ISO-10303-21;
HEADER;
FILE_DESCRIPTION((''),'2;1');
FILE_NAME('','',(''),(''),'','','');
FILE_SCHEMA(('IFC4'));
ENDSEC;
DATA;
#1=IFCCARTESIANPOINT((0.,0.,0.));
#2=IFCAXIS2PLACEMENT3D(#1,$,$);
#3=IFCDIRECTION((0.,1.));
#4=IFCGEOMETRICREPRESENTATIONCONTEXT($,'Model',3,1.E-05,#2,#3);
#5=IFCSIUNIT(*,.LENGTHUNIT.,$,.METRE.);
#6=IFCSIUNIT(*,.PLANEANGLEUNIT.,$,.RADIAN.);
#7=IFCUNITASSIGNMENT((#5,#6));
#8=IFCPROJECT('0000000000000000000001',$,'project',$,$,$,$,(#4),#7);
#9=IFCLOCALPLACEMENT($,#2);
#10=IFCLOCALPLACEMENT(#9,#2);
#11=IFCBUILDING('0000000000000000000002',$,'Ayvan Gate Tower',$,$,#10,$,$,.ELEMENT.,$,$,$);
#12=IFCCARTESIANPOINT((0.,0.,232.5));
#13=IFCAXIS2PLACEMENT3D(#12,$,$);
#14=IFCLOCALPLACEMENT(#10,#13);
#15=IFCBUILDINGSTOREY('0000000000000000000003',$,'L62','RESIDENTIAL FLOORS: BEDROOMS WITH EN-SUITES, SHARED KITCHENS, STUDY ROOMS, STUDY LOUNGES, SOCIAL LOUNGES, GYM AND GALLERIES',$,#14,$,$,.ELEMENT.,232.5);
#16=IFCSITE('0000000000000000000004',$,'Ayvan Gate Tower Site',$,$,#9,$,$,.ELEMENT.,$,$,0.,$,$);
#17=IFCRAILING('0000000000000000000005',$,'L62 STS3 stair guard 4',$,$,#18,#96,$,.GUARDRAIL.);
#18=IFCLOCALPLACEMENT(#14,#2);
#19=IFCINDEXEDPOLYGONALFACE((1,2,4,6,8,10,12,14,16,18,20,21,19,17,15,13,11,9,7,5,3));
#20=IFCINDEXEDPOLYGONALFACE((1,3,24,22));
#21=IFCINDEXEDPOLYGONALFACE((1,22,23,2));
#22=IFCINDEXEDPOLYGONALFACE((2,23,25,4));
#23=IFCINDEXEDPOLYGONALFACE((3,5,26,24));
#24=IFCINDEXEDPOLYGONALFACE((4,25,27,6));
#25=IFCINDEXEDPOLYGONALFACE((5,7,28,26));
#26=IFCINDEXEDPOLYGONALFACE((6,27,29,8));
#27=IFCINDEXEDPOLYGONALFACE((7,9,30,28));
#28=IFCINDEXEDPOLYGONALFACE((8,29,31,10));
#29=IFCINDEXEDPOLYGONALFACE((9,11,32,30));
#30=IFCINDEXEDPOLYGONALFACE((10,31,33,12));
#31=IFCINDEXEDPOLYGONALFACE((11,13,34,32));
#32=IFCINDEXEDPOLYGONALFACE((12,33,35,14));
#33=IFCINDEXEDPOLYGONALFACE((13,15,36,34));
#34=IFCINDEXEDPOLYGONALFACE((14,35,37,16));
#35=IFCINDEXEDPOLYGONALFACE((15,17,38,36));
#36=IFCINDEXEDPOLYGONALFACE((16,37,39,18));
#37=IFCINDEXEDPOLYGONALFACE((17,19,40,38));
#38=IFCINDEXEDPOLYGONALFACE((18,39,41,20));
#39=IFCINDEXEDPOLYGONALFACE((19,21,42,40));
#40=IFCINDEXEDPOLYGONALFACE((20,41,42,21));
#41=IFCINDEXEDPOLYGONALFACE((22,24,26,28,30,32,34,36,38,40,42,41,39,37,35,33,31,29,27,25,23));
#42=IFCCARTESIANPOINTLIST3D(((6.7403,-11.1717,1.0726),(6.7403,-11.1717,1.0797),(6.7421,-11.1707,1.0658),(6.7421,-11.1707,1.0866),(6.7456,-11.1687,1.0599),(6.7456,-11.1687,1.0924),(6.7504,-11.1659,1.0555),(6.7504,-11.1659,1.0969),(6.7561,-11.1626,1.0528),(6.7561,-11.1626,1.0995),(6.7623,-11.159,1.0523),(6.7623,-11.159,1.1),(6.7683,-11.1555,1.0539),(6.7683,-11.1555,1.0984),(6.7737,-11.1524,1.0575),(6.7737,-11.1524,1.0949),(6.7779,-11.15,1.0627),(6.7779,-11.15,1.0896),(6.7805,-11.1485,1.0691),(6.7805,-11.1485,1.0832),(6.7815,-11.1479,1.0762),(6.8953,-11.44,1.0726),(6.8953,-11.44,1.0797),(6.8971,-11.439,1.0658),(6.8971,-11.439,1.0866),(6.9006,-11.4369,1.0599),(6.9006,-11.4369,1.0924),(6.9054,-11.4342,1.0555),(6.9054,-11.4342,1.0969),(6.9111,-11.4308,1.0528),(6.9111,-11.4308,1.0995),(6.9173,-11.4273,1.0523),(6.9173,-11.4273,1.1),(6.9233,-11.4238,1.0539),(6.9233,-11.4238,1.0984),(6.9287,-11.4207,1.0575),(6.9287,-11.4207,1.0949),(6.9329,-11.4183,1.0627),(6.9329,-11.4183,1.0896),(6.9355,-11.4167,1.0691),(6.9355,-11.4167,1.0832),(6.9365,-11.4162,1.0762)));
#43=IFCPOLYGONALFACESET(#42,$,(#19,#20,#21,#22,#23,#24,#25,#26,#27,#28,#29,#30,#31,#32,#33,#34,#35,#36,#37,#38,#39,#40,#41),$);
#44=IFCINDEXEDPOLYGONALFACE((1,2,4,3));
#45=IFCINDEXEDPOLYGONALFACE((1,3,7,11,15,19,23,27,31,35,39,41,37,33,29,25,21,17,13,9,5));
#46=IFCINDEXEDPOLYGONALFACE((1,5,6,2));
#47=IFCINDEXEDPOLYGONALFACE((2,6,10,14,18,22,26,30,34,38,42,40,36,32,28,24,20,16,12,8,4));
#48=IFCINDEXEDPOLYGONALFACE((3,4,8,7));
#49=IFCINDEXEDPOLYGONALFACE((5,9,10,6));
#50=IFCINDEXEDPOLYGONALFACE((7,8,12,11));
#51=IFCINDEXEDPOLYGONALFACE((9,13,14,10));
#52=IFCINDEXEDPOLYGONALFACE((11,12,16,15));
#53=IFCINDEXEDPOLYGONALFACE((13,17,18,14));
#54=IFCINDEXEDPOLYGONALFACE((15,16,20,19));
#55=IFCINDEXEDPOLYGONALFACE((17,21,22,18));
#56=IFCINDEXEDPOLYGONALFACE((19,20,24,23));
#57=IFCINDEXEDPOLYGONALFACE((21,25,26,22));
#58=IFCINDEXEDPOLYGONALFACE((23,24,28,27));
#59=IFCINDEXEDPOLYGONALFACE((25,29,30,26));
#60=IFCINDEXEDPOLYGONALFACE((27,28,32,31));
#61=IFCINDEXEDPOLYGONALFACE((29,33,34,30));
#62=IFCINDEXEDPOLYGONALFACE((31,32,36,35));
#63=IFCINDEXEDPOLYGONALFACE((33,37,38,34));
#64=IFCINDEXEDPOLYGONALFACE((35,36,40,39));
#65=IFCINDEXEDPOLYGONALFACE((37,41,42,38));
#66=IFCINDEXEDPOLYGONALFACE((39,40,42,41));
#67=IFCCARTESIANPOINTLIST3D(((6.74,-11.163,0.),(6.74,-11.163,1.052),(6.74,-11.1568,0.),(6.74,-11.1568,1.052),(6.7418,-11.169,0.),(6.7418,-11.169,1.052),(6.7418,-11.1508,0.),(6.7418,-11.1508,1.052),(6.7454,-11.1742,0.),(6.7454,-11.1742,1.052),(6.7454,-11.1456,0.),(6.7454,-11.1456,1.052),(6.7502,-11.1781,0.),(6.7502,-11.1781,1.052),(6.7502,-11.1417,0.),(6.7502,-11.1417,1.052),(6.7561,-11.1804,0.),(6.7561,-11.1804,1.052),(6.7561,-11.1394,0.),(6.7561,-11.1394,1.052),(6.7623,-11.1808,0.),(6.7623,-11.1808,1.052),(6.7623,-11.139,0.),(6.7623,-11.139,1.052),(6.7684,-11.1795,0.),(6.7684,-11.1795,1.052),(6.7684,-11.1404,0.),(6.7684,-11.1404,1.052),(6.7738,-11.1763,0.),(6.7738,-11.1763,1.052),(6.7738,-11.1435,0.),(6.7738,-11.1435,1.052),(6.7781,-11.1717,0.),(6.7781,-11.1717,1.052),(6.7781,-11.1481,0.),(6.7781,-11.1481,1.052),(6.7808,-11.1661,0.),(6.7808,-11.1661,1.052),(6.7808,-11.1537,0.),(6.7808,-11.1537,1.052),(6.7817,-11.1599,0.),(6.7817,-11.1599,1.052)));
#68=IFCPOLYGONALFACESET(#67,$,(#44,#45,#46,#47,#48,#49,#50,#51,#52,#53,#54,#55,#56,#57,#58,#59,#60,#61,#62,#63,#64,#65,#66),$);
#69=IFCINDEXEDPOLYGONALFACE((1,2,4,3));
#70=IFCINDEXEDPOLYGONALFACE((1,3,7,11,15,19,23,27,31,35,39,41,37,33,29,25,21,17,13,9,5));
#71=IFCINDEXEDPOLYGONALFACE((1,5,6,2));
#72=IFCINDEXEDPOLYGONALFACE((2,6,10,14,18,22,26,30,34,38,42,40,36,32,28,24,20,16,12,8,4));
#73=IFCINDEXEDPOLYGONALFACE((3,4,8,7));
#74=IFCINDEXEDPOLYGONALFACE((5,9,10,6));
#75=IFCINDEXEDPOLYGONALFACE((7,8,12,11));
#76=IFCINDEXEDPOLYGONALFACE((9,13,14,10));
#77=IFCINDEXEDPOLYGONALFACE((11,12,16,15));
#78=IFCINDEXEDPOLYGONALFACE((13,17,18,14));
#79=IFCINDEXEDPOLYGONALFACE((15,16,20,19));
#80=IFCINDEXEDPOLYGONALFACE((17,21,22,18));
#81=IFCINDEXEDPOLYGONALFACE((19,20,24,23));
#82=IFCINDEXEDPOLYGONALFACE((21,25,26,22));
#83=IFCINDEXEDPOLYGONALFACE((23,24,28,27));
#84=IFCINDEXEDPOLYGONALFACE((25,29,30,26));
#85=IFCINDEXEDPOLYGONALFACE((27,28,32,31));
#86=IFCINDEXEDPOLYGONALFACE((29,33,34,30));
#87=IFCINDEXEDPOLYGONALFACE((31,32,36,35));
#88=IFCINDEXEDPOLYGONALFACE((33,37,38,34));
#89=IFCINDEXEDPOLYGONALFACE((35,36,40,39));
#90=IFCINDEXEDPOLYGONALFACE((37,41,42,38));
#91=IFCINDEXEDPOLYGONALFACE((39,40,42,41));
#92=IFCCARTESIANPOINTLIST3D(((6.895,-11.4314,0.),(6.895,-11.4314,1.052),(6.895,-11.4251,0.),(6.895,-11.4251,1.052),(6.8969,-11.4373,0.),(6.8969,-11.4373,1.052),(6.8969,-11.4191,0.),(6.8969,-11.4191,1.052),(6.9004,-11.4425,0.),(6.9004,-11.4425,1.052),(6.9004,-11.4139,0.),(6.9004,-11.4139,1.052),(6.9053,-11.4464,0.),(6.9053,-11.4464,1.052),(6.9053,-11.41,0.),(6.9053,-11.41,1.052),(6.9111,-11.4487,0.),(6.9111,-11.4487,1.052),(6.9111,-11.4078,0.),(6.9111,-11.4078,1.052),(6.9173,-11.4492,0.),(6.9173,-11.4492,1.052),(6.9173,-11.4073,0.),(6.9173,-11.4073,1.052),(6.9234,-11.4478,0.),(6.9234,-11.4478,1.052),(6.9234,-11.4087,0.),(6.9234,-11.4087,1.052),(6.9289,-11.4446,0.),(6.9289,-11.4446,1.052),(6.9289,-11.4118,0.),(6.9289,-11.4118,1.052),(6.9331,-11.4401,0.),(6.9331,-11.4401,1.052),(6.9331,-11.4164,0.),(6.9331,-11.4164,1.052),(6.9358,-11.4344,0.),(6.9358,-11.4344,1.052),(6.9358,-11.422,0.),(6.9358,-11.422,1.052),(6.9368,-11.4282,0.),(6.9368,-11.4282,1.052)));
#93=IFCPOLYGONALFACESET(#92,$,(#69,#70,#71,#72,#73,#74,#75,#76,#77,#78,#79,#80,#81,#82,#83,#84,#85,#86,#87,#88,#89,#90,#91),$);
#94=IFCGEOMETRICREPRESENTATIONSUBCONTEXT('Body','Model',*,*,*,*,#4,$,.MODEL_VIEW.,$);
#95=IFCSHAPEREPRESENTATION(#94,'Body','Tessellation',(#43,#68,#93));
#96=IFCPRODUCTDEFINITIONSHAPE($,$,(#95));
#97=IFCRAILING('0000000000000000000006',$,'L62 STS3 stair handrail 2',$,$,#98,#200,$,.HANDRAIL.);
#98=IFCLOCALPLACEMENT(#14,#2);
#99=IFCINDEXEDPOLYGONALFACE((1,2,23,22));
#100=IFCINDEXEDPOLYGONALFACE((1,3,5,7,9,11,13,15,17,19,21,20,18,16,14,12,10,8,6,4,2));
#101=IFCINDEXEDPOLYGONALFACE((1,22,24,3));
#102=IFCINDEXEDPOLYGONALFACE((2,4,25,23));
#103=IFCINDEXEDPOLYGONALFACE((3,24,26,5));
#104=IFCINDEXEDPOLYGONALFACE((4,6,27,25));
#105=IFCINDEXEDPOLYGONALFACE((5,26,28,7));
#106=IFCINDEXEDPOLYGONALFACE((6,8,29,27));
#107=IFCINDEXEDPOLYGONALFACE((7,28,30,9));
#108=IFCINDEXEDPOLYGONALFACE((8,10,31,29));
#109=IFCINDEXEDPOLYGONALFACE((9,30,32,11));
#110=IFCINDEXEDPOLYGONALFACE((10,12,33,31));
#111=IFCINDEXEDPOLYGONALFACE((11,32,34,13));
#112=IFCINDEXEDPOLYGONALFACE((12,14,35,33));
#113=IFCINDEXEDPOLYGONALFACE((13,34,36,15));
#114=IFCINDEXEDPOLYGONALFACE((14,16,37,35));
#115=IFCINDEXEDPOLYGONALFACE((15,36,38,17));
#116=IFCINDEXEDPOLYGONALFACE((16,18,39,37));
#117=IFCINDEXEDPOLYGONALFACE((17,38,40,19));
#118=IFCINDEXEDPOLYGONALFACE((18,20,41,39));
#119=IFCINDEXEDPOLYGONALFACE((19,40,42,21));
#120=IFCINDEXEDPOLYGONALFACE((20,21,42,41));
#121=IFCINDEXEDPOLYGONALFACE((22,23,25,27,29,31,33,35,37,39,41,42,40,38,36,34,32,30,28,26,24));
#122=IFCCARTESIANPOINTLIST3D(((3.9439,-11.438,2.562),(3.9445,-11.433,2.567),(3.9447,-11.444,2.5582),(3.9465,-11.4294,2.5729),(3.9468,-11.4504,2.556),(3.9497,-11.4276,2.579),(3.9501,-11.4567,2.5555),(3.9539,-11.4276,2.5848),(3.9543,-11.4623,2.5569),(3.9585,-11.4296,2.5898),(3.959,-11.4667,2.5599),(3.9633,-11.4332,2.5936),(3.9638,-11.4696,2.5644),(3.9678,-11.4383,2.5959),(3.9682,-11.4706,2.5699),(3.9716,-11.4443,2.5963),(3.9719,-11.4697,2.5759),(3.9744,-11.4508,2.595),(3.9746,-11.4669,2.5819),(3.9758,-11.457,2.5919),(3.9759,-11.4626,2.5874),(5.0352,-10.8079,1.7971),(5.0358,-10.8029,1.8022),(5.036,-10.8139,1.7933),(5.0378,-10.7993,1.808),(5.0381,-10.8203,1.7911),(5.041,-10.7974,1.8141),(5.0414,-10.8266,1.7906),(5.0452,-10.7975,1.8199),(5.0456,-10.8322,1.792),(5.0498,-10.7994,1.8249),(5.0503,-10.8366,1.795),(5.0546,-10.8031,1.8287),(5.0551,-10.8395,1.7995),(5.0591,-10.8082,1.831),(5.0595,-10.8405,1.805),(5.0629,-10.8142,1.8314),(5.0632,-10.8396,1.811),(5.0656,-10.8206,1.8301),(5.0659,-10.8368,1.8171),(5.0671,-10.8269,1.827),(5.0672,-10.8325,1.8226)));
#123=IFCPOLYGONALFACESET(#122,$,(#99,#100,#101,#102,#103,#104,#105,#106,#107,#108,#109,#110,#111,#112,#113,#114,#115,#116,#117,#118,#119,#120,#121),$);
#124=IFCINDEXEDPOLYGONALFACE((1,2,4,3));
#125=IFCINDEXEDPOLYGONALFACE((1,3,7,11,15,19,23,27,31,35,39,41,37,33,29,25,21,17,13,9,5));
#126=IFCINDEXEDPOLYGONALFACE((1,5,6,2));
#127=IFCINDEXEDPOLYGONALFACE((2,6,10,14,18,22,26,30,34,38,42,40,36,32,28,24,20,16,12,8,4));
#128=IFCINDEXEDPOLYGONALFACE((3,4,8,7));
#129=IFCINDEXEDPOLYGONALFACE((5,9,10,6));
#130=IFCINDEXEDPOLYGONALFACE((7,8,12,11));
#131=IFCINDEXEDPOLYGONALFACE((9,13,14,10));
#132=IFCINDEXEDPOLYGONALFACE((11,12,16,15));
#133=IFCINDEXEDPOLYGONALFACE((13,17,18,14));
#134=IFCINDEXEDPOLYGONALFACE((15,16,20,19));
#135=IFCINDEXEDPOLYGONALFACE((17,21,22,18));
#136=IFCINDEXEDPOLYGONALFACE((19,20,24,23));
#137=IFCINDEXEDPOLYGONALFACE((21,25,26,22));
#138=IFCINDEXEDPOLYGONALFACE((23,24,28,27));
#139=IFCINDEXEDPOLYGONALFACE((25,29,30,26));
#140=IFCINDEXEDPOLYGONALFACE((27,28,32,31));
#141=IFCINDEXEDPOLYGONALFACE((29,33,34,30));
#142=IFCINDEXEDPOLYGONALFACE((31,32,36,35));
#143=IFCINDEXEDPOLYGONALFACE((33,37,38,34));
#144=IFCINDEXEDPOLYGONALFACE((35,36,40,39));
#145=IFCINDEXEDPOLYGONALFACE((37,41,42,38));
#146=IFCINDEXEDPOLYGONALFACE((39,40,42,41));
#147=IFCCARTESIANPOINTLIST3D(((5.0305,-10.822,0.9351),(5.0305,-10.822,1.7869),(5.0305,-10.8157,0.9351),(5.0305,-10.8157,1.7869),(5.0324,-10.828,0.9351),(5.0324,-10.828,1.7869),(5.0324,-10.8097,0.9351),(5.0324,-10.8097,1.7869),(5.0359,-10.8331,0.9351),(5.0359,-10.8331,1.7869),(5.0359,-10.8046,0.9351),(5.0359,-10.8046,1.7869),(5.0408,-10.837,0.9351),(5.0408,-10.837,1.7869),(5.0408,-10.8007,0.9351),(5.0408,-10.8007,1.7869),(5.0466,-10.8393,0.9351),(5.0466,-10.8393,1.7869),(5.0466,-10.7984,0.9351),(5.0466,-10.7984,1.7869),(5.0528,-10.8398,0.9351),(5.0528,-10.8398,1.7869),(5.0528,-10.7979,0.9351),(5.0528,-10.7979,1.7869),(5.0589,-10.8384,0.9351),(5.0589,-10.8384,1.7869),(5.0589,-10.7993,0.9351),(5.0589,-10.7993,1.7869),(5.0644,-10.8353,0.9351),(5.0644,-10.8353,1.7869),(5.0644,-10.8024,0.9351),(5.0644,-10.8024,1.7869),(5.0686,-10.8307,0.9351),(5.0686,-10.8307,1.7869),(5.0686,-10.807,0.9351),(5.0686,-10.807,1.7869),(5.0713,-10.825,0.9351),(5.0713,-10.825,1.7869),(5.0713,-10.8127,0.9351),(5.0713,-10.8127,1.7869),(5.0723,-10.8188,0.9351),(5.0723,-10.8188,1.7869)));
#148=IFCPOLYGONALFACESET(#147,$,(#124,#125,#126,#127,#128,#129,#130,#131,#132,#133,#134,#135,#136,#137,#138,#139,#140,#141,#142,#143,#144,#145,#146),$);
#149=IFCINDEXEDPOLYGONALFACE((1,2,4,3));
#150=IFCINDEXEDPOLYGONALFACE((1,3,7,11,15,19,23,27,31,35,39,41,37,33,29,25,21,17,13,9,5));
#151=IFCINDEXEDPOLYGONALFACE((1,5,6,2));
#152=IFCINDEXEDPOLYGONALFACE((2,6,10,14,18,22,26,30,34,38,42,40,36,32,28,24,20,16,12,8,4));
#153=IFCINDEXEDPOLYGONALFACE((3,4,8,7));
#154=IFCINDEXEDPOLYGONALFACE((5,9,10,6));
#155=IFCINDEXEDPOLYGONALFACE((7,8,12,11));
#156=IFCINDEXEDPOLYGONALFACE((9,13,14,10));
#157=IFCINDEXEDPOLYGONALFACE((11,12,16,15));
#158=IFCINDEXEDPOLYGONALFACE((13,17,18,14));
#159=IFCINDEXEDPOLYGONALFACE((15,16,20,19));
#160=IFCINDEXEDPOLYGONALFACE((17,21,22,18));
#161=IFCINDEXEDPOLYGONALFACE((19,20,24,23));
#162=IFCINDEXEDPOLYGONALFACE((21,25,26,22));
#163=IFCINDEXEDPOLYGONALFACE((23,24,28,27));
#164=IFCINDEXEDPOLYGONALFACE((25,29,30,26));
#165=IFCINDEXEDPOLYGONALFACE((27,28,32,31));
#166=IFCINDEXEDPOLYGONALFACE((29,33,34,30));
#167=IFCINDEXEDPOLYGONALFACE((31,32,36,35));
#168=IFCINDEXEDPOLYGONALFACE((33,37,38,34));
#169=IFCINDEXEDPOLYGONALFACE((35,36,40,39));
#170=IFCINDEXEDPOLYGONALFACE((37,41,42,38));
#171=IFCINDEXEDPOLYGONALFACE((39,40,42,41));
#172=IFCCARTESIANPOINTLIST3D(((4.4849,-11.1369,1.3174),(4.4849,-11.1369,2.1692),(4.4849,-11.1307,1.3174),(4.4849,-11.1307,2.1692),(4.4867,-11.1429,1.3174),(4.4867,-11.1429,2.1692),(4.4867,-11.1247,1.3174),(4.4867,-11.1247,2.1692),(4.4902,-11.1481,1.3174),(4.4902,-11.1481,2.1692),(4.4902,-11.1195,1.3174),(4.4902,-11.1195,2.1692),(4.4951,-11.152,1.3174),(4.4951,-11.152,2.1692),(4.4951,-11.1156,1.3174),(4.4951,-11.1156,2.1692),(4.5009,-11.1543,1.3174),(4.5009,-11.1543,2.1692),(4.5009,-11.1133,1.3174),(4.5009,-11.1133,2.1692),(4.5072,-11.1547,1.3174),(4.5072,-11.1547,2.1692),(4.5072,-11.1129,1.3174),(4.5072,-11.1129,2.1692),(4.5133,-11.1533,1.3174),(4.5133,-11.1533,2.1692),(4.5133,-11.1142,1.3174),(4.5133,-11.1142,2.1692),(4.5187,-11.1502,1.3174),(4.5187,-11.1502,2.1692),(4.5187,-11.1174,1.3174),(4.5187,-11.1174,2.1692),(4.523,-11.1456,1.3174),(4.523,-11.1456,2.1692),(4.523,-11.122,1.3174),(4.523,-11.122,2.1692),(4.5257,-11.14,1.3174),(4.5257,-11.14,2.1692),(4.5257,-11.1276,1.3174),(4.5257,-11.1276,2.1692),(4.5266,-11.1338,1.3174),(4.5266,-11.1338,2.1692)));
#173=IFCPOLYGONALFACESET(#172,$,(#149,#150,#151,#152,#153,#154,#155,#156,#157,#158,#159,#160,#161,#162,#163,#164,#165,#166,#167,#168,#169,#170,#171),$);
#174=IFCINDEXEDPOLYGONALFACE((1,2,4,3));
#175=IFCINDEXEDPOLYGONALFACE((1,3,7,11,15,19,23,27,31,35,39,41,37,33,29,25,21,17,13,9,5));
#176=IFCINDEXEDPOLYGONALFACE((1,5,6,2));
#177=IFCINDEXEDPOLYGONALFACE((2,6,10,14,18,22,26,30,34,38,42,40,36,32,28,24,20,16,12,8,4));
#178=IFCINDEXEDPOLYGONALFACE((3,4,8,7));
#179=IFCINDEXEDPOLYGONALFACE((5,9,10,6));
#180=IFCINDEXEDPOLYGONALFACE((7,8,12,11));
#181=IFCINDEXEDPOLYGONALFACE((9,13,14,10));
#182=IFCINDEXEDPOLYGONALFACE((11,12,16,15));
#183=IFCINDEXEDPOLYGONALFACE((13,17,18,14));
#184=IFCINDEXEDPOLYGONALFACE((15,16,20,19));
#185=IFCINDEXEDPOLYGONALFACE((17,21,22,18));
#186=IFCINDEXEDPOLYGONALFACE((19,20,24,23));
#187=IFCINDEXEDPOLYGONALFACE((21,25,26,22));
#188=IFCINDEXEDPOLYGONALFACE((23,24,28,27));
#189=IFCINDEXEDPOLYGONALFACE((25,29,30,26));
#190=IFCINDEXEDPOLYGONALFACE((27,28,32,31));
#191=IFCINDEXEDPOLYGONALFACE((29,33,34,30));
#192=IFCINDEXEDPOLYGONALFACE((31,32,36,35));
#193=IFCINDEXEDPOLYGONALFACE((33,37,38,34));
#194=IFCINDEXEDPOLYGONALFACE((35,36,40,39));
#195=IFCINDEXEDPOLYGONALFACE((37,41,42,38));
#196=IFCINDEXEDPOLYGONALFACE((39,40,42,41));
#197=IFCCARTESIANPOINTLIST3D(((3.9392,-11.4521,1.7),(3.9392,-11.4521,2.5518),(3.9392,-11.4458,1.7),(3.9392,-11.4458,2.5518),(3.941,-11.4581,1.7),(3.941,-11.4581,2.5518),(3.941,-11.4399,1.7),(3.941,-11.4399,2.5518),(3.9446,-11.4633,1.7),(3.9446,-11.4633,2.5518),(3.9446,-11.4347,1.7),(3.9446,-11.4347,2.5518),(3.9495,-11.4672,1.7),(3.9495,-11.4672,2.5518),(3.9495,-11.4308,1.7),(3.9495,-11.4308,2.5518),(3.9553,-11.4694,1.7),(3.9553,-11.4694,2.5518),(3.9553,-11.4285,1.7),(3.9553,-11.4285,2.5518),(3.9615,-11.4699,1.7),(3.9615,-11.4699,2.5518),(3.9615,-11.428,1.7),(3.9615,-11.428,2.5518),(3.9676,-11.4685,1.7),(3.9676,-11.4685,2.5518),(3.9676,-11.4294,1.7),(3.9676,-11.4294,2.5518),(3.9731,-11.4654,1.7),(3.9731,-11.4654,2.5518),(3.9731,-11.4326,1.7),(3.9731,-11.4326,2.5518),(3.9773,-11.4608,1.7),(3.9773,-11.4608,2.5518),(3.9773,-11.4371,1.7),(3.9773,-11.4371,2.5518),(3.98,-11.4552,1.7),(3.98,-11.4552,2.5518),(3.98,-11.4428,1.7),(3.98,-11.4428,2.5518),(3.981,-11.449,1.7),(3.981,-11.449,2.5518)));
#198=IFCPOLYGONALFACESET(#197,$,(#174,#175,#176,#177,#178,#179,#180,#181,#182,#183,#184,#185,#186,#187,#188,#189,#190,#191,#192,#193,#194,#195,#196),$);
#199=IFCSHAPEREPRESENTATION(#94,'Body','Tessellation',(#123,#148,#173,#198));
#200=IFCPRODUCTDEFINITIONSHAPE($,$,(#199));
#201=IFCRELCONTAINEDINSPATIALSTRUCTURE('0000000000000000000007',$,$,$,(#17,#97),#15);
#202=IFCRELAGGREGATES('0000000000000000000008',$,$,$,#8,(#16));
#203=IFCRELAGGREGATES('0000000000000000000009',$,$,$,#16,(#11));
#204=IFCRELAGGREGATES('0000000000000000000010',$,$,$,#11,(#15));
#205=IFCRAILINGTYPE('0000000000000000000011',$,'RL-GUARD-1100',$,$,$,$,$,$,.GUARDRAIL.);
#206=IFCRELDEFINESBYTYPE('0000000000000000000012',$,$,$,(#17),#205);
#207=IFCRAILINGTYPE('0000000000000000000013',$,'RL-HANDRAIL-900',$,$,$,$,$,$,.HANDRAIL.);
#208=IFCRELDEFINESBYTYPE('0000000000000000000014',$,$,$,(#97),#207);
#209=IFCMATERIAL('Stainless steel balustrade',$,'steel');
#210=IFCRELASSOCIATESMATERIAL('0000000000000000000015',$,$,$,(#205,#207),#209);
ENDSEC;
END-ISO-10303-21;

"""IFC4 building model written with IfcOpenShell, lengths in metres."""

from ifc_helpers import new_model, si_unit, direction, frame, origin, origin_2d, place, context, subcontext, project, spatial, circle, extrude, material, type_object, element, save


model = new_model("IFC4")

# Units and contexts
model_context = context("Model", 3, precision=1e-05, world=origin(), true_north=direction((0.0, 1.0)))
body_context = subcontext(model_context, "Body", "Model", "MODEL_VIEW")
ifc_project = project(units=[si_unit("LENGTHUNIT", "METRE"), si_unit("PLANEANGLEUNIT", "RADIAN")], contexts=[model_context])

# Site, building, storey
site_placement = place(None, origin())
site = spatial("IfcSite", under=ifc_project, at=site_placement, Name="Ayvan Gate Tower Site", CompositionType="ELEMENT", RefElevation=0.0)
building_placement = place(site_placement, origin())
building = spatial("IfcBuilding", under=site, at=building_placement, Name="Ayvan Gate Tower", CompositionType="ELEMENT")
storey_placement = place(building_placement, frame((0.0, 0.0, 232.5)))
storey = spatial("IfcBuildingStorey", under=building, at=storey_placement, Name="L62", Description="RESIDENTIAL FLOORS: BEDROOMS WITH EN-SUITES, SHARED KITCHENS, STUDY ROOMS, STUDY LOUNGES, SOCIAL LOUNGES, GYM AND GALLERIES", CompositionType="ELEMENT", Elevation=232.5)

# Railings
ifc_material_1 = material(Name="Stainless steel balustrade", Category="steel")
railing_type_1 = type_object("IfcRailingType", Name="RL-GUARD-1100", PredefinedType="GUARDRAIL", material=ifc_material_1)
railing_1_placement = place(storey_placement, frame((6.7607, -11.1599, 0.0)))
element("IfcRailing", 1, at=railing_1_placement, inside=storey, type_object=railing_type_1, Name="L62 STS3 stair guard 4", PredefinedType="GUARDRAIL", context=body_context, shape_type="SweptSolid", body=[
    extrude(circle(Radius=0.0239, at=origin_2d()), frame((0.0, 0.0, 1.0762), z_axis=(0.500291, -0.865857, 0.0), x_axis=(0.865857, 0.500291, 0.0)), (0.0, 0.0, 1.0), 0.3098),
    extrude(circle(Radius=0.021, at=origin_2d()), origin(), (0.0, 0.0, 1.0), 1.052),
    extrude(circle(Radius=0.021, at=origin_2d()), frame((0.155, -0.2683, 0.0)), (0.0, 0.0, 1.0), 1.052),
])
railing_type_2 = type_object("IfcRailingType", Name="RL-HANDRAIL-900", PredefinedType="HANDRAIL", material=ifc_material_1)
railing_2_placement = place(storey_placement, frame((5.0513, -10.8188, 0.9351)))
element("IfcRailing", 2, at=railing_2_placement, inside=storey, type_object=railing_type_2, Name="L62 STS3 stair handrail 2", PredefinedType="HANDRAIL", context=body_context, shape_type="SweptSolid", body=[
    extrude(circle(Radius=0.0239, at=origin_2d()), frame((0.0, 0.0, 0.876), z_axis=(-0.740304, -0.427455, 0.518875), x_axis=(0.500035, -0.866005, 0.0)), (0.0, 0.0, 1.0), 1.4741),
    extrude(circle(Radius=0.021, at=origin_2d()), origin(), (0.0, 0.0, 1.0), 0.8518),
    extrude(circle(Radius=0.021, at=origin_2d()), frame((-0.5457, -0.3149, 0.3823)), (0.0, 0.0, 1.0), 0.8518),
    extrude(circle(Radius=0.021, at=origin_2d()), frame((-1.0913, -0.6301, 0.7649)), (0.0, 0.0, 1.0), 0.8518),
])

save(model, "model.ifc")
